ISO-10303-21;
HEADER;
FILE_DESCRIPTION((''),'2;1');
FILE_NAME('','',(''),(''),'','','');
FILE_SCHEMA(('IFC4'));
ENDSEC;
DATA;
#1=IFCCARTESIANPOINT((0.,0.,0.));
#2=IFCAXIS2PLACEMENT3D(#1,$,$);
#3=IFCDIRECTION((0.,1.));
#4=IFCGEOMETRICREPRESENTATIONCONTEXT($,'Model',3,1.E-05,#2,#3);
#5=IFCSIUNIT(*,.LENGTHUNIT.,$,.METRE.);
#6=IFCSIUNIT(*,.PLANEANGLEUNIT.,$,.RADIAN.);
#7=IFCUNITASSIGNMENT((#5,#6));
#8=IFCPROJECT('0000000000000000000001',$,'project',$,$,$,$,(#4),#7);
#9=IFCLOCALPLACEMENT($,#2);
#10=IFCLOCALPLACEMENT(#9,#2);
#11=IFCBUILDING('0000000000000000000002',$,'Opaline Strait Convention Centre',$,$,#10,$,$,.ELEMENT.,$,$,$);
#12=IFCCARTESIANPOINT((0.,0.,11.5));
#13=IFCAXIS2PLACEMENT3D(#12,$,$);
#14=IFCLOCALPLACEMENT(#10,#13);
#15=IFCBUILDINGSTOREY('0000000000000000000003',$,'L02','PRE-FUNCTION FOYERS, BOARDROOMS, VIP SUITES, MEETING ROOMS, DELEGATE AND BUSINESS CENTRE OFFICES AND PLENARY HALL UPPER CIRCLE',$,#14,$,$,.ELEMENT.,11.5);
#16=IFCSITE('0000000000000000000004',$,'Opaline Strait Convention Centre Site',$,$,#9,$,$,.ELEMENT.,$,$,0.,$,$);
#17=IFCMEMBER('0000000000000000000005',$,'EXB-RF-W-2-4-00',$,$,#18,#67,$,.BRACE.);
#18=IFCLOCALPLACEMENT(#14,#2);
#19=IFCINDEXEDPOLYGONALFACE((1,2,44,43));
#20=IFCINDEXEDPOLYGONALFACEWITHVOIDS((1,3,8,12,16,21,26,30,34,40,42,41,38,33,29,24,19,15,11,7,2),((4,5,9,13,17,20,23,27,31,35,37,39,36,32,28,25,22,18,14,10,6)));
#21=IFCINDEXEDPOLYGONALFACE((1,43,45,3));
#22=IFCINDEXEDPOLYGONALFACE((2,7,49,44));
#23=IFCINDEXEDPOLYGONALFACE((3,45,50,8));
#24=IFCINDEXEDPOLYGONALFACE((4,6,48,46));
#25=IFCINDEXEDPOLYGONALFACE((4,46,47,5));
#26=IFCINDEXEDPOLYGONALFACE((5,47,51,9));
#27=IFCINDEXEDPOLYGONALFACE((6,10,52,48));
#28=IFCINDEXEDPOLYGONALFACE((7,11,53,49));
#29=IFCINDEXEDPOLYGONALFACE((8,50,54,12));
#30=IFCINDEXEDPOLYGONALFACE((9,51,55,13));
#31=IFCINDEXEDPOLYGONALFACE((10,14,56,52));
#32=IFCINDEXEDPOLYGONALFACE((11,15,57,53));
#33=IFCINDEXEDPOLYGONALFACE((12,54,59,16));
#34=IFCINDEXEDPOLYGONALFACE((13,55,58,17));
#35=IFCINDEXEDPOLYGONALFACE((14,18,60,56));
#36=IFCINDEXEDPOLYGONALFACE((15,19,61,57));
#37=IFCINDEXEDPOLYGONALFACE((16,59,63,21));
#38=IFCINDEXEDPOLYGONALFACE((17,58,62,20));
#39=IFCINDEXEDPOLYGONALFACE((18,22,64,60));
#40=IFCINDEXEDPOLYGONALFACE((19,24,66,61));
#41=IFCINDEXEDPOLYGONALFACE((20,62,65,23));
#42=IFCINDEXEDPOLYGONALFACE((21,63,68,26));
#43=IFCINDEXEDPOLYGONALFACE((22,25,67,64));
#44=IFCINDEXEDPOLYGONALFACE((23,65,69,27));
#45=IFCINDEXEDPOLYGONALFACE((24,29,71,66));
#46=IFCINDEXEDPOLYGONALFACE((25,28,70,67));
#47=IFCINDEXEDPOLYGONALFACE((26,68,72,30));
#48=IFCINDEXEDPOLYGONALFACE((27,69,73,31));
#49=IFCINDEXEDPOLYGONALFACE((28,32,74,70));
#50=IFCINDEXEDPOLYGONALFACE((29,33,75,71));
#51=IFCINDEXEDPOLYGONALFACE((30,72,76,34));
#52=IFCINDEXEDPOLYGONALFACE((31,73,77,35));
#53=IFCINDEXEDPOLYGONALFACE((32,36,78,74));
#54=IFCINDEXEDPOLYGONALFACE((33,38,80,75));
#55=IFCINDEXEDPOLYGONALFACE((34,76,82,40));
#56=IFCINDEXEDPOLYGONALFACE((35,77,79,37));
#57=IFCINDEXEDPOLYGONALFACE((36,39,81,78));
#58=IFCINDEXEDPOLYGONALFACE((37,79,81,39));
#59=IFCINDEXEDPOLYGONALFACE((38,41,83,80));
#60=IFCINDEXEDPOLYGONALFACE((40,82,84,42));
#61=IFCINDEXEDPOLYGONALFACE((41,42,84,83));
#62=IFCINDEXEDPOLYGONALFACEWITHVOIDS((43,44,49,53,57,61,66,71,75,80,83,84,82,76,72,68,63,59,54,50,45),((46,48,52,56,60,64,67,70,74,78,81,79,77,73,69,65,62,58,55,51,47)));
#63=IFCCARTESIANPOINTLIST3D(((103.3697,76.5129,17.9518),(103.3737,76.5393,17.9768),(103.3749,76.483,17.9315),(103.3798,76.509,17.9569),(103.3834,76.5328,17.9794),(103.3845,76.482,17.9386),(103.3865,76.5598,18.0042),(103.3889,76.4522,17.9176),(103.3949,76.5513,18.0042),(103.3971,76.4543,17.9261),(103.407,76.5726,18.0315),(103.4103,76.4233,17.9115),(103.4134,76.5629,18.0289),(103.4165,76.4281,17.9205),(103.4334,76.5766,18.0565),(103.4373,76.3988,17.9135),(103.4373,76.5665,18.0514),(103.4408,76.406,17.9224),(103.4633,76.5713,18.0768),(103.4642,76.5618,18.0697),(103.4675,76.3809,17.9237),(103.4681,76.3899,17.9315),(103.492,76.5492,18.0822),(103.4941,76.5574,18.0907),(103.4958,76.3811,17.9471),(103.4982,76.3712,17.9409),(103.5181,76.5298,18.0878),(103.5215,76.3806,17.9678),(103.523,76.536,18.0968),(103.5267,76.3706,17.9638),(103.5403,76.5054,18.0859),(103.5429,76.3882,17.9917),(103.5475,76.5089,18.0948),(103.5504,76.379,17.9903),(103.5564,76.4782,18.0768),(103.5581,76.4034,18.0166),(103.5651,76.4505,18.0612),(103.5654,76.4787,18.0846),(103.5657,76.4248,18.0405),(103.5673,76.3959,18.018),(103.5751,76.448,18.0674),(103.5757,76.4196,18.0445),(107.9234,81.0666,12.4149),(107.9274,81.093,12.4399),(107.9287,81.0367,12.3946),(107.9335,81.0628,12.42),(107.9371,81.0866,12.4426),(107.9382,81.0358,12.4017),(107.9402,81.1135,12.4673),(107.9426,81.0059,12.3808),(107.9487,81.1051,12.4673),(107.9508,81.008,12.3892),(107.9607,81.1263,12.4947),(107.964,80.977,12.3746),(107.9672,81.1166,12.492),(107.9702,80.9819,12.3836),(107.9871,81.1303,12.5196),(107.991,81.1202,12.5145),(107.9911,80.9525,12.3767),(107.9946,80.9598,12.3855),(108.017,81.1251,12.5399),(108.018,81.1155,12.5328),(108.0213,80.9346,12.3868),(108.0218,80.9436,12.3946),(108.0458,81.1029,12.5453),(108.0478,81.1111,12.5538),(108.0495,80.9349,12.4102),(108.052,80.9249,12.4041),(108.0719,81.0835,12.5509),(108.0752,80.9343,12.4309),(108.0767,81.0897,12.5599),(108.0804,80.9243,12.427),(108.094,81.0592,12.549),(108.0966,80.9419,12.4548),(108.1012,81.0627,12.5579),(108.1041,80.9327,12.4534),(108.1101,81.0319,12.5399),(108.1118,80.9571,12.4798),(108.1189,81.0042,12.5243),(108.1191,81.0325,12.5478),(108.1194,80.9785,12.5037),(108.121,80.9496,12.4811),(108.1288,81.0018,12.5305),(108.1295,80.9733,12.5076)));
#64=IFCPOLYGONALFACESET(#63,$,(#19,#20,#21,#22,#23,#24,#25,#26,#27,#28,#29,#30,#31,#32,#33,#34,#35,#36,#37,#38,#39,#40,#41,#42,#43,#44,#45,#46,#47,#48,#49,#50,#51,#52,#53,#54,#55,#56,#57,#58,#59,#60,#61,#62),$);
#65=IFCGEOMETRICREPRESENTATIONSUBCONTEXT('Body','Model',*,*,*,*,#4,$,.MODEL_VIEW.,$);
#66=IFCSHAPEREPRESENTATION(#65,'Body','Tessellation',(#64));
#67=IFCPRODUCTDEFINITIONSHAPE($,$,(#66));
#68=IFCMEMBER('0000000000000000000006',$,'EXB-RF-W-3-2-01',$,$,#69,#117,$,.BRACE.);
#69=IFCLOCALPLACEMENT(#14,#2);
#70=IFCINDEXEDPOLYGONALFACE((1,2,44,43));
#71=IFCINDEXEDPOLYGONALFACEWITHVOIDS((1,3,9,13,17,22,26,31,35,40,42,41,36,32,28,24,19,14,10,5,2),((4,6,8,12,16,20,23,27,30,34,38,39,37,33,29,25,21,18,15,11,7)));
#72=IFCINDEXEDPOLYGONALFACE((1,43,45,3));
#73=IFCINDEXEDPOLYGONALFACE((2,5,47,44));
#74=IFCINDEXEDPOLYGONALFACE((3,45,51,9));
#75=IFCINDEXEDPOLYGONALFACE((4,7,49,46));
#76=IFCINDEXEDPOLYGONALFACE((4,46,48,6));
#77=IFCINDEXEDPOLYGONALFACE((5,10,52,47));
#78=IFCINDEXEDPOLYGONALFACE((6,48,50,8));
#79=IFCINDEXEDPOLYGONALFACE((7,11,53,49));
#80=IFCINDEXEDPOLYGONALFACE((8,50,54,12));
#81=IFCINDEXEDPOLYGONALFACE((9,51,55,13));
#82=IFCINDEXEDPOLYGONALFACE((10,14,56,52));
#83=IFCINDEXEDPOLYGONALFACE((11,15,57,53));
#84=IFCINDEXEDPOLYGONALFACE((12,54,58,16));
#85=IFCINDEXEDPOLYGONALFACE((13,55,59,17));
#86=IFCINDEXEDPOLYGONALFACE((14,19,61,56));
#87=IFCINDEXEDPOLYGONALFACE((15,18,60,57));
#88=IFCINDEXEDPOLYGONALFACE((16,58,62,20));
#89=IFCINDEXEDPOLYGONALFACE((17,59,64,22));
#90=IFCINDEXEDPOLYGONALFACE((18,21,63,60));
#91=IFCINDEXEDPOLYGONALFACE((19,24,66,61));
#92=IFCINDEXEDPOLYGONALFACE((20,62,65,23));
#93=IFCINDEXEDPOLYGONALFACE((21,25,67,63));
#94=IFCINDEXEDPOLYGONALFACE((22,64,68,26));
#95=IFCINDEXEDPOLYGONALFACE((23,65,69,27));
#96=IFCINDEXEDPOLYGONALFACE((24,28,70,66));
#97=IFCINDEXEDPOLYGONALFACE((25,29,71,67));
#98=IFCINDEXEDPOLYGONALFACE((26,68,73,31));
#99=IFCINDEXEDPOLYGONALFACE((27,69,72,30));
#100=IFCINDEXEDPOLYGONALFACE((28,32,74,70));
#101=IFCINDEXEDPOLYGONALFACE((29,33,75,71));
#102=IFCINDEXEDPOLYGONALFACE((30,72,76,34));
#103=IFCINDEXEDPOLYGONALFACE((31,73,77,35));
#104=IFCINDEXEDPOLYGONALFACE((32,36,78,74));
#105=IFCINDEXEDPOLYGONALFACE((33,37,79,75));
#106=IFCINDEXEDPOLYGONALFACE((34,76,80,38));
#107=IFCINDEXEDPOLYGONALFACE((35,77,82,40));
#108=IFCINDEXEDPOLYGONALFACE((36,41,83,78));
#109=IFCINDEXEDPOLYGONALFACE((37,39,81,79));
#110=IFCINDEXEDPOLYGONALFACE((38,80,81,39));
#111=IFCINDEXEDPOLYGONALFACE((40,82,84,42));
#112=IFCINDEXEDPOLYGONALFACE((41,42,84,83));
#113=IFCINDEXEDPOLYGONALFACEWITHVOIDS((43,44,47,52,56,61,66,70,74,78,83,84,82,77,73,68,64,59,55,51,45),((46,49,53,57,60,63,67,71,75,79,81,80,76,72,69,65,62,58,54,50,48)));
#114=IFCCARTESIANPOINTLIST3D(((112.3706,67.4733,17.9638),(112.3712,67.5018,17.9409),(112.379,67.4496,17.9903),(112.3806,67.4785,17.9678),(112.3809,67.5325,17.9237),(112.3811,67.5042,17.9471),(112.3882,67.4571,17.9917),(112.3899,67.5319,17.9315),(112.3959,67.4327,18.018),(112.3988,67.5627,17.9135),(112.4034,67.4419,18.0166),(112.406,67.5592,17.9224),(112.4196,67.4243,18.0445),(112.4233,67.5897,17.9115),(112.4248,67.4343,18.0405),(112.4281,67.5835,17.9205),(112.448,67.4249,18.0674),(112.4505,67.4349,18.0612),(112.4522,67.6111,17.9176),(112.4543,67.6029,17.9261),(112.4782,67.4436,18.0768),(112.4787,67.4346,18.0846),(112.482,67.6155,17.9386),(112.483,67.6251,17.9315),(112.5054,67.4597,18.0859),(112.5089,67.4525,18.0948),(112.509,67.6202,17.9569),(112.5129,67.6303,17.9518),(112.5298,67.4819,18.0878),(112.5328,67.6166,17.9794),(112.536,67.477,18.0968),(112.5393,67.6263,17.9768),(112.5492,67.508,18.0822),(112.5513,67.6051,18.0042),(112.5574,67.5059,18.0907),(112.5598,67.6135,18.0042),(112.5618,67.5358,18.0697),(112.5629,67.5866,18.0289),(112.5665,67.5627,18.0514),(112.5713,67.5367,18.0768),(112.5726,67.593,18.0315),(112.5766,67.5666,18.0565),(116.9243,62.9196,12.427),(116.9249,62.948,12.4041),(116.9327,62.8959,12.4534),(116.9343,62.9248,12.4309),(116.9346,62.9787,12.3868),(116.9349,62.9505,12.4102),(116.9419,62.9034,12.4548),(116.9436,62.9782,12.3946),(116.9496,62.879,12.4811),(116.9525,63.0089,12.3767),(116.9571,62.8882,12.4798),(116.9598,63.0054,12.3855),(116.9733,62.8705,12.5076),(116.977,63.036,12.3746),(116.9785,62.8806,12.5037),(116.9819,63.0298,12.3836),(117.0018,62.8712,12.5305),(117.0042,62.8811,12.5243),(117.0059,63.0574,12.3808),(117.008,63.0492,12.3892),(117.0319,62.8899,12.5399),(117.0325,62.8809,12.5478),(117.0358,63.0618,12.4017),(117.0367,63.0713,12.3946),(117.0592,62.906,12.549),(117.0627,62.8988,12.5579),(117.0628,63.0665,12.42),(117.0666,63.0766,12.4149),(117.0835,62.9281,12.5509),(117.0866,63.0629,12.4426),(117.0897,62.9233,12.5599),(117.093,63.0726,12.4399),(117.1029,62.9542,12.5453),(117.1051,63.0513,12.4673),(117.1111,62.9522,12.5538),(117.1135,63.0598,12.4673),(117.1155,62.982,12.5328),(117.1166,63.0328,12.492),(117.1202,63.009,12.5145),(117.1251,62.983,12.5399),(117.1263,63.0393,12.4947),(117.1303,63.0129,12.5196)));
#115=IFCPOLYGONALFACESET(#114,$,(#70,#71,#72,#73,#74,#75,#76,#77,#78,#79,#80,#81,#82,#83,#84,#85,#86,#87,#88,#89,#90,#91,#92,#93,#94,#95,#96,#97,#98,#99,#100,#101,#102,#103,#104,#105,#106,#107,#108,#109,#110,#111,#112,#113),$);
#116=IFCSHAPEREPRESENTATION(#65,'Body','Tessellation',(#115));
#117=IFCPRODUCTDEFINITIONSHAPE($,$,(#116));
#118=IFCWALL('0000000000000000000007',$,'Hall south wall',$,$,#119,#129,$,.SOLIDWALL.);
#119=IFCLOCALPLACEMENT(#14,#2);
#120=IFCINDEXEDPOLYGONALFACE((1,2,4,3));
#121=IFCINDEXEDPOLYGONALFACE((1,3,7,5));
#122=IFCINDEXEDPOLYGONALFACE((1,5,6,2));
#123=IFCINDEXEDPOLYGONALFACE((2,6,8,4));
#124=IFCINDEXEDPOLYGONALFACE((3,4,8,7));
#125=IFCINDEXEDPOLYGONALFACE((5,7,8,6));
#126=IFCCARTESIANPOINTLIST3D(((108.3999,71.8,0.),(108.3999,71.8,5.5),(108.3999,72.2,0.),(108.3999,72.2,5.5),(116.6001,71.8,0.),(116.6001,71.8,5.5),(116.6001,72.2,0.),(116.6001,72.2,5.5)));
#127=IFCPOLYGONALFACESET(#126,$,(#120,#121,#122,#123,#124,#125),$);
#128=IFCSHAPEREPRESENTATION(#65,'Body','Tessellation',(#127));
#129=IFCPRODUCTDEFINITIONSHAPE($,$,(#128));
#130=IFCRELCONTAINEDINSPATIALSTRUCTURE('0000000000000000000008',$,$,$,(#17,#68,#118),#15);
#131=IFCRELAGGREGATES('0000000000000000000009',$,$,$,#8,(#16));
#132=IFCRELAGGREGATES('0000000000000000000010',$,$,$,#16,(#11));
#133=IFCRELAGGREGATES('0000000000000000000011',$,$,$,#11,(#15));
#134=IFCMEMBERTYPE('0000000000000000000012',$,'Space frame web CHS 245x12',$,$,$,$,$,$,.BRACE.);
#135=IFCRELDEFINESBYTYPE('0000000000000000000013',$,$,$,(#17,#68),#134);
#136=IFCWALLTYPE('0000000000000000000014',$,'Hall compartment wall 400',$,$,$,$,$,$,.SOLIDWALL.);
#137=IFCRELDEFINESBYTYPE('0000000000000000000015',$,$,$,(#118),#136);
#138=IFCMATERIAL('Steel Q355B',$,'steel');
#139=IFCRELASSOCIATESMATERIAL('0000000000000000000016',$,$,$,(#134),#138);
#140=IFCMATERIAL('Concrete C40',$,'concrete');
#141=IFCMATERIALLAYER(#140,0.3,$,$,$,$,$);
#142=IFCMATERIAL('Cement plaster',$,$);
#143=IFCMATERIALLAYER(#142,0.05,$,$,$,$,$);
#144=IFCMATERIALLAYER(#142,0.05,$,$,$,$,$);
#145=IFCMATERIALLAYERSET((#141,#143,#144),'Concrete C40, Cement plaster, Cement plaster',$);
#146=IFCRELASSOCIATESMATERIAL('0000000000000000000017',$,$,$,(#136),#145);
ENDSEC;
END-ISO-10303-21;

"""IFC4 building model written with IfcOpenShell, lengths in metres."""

from ifc_helpers import new_model, si_unit, direction, frame, frame_2d, origin, origin_2d, place, context, subcontext, project, spatial, rectangle, hollow_circle, extrude, material, layer, layer_set, material_profile, profile_set, type_object, element, save


model = new_model("IFC4")

# Units and contexts
model_context = context("Model", 3, precision=1e-05, world=origin(), true_north=direction((0.0, 1.0)))
body_context = subcontext(model_context, "Body", "Model", "MODEL_VIEW")
ifc_project = project(units=[si_unit("LENGTHUNIT", "METRE"), si_unit("PLANEANGLEUNIT", "RADIAN")], contexts=[model_context])

# Site, building, storey
site_placement = place(None, origin())
site = spatial("IfcSite", under=ifc_project, at=site_placement, Name="Opaline Strait Convention Centre Site", CompositionType="ELEMENT", RefElevation=0.0)
building_placement = place(site_placement, origin())
building = spatial("IfcBuilding", under=site, at=building_placement, Name="Opaline Strait Convention Centre", CompositionType="ELEMENT")
storey_placement = place(building_placement, frame((0.0, 0.0, 11.5)))
storey = spatial("IfcBuildingStorey", under=building, at=storey_placement, Name="L02", Description="PRE-FUNCTION FOYERS, BOARDROOMS, VIP SUITES, MEETING ROOMS, DELEGATE AND BUSINESS CENTRE OFFICES AND PLENARY HALL UPPER CIRCLE", CompositionType="ELEMENT", Elevation=11.5)

# Members
ifc_material_1 = material(Name="Steel Q355B", Category="steel")
ifc_material_profile_1 = material_profile(ifc_material_1, hollow_circle(Radius=0.1226, WallThickness=0.012, at=origin_2d()), Name="CHS 245x12")
ifc_profile_set_1 = profile_set([ifc_material_profile_1], Name="Steel Q355B")
member_type_1 = type_object("IfcMemberType", Name="Space frame web CHS 245x12", PredefinedType="BRACE", material=ifc_profile_set_1)
for number, where, z_axis, x_axis, name in (
    (1, (103.4731, 76.4731, 18.0042), (0.536178, 0.536178, -0.65194), (-0.707107, 0.707107, 0.0), "EXB-RF-W-2-4-00"),
    (2, (112.4731, 67.5269, 18.0042), (0.536178, -0.536178, -0.65194), (0.707107, 0.707107, 0.0), "EXB-RF-W-3-2-01"),
):
    element("IfcMember", number, at=place(storey_placement, frame(where, z_axis=z_axis, x_axis=x_axis)), inside=storey, type_object=member_type_1, Name=name, PredefinedType="BRACE", context=body_context, shape_type="SweptSolid", body=[
        extrude(hollow_circle(Radius=0.1226, WallThickness=0.012, at=origin_2d()), origin(), (0.0, 0.0, 1.0), 8.4929),
    ])

# Wall
ifc_material_2 = material(Name="Concrete C40", Category="concrete")
ifc_layer_1 = layer(ifc_material_2, 0.3)
ifc_material_3 = material(Name="Cement plaster")
ifc_layer_2 = layer(ifc_material_3, 0.05)
ifc_layer_3 = layer(ifc_material_3, 0.05)
ifc_layer_set = layer_set([ifc_layer_1, ifc_layer_2, ifc_layer_3], Name="Concrete C40, Cement plaster, Cement plaster")
wall_type = type_object("IfcWallType", Name="Hall compartment wall 400", PredefinedType="SOLIDWALL", material=ifc_layer_set)
wall_placement = place(storey_placement, frame((108.3999, 72.0, 0.0), z_axis=(0.0, 0.0, 1.0), x_axis=(1.0, 0.0, 0.0)))
element("IfcWall", 3, at=wall_placement, inside=storey, type_object=wall_type, Name="Hall south wall", PredefinedType="SOLIDWALL", context=body_context, shape_type="SweptSolid", body=[
    extrude(rectangle(XDim=8.2002, YDim=0.3999, at=frame_2d((4.1001, 0.0))), origin(), (0.0, 0.0, 1.0), 5.5),
])

save(model, "model.ifc")
